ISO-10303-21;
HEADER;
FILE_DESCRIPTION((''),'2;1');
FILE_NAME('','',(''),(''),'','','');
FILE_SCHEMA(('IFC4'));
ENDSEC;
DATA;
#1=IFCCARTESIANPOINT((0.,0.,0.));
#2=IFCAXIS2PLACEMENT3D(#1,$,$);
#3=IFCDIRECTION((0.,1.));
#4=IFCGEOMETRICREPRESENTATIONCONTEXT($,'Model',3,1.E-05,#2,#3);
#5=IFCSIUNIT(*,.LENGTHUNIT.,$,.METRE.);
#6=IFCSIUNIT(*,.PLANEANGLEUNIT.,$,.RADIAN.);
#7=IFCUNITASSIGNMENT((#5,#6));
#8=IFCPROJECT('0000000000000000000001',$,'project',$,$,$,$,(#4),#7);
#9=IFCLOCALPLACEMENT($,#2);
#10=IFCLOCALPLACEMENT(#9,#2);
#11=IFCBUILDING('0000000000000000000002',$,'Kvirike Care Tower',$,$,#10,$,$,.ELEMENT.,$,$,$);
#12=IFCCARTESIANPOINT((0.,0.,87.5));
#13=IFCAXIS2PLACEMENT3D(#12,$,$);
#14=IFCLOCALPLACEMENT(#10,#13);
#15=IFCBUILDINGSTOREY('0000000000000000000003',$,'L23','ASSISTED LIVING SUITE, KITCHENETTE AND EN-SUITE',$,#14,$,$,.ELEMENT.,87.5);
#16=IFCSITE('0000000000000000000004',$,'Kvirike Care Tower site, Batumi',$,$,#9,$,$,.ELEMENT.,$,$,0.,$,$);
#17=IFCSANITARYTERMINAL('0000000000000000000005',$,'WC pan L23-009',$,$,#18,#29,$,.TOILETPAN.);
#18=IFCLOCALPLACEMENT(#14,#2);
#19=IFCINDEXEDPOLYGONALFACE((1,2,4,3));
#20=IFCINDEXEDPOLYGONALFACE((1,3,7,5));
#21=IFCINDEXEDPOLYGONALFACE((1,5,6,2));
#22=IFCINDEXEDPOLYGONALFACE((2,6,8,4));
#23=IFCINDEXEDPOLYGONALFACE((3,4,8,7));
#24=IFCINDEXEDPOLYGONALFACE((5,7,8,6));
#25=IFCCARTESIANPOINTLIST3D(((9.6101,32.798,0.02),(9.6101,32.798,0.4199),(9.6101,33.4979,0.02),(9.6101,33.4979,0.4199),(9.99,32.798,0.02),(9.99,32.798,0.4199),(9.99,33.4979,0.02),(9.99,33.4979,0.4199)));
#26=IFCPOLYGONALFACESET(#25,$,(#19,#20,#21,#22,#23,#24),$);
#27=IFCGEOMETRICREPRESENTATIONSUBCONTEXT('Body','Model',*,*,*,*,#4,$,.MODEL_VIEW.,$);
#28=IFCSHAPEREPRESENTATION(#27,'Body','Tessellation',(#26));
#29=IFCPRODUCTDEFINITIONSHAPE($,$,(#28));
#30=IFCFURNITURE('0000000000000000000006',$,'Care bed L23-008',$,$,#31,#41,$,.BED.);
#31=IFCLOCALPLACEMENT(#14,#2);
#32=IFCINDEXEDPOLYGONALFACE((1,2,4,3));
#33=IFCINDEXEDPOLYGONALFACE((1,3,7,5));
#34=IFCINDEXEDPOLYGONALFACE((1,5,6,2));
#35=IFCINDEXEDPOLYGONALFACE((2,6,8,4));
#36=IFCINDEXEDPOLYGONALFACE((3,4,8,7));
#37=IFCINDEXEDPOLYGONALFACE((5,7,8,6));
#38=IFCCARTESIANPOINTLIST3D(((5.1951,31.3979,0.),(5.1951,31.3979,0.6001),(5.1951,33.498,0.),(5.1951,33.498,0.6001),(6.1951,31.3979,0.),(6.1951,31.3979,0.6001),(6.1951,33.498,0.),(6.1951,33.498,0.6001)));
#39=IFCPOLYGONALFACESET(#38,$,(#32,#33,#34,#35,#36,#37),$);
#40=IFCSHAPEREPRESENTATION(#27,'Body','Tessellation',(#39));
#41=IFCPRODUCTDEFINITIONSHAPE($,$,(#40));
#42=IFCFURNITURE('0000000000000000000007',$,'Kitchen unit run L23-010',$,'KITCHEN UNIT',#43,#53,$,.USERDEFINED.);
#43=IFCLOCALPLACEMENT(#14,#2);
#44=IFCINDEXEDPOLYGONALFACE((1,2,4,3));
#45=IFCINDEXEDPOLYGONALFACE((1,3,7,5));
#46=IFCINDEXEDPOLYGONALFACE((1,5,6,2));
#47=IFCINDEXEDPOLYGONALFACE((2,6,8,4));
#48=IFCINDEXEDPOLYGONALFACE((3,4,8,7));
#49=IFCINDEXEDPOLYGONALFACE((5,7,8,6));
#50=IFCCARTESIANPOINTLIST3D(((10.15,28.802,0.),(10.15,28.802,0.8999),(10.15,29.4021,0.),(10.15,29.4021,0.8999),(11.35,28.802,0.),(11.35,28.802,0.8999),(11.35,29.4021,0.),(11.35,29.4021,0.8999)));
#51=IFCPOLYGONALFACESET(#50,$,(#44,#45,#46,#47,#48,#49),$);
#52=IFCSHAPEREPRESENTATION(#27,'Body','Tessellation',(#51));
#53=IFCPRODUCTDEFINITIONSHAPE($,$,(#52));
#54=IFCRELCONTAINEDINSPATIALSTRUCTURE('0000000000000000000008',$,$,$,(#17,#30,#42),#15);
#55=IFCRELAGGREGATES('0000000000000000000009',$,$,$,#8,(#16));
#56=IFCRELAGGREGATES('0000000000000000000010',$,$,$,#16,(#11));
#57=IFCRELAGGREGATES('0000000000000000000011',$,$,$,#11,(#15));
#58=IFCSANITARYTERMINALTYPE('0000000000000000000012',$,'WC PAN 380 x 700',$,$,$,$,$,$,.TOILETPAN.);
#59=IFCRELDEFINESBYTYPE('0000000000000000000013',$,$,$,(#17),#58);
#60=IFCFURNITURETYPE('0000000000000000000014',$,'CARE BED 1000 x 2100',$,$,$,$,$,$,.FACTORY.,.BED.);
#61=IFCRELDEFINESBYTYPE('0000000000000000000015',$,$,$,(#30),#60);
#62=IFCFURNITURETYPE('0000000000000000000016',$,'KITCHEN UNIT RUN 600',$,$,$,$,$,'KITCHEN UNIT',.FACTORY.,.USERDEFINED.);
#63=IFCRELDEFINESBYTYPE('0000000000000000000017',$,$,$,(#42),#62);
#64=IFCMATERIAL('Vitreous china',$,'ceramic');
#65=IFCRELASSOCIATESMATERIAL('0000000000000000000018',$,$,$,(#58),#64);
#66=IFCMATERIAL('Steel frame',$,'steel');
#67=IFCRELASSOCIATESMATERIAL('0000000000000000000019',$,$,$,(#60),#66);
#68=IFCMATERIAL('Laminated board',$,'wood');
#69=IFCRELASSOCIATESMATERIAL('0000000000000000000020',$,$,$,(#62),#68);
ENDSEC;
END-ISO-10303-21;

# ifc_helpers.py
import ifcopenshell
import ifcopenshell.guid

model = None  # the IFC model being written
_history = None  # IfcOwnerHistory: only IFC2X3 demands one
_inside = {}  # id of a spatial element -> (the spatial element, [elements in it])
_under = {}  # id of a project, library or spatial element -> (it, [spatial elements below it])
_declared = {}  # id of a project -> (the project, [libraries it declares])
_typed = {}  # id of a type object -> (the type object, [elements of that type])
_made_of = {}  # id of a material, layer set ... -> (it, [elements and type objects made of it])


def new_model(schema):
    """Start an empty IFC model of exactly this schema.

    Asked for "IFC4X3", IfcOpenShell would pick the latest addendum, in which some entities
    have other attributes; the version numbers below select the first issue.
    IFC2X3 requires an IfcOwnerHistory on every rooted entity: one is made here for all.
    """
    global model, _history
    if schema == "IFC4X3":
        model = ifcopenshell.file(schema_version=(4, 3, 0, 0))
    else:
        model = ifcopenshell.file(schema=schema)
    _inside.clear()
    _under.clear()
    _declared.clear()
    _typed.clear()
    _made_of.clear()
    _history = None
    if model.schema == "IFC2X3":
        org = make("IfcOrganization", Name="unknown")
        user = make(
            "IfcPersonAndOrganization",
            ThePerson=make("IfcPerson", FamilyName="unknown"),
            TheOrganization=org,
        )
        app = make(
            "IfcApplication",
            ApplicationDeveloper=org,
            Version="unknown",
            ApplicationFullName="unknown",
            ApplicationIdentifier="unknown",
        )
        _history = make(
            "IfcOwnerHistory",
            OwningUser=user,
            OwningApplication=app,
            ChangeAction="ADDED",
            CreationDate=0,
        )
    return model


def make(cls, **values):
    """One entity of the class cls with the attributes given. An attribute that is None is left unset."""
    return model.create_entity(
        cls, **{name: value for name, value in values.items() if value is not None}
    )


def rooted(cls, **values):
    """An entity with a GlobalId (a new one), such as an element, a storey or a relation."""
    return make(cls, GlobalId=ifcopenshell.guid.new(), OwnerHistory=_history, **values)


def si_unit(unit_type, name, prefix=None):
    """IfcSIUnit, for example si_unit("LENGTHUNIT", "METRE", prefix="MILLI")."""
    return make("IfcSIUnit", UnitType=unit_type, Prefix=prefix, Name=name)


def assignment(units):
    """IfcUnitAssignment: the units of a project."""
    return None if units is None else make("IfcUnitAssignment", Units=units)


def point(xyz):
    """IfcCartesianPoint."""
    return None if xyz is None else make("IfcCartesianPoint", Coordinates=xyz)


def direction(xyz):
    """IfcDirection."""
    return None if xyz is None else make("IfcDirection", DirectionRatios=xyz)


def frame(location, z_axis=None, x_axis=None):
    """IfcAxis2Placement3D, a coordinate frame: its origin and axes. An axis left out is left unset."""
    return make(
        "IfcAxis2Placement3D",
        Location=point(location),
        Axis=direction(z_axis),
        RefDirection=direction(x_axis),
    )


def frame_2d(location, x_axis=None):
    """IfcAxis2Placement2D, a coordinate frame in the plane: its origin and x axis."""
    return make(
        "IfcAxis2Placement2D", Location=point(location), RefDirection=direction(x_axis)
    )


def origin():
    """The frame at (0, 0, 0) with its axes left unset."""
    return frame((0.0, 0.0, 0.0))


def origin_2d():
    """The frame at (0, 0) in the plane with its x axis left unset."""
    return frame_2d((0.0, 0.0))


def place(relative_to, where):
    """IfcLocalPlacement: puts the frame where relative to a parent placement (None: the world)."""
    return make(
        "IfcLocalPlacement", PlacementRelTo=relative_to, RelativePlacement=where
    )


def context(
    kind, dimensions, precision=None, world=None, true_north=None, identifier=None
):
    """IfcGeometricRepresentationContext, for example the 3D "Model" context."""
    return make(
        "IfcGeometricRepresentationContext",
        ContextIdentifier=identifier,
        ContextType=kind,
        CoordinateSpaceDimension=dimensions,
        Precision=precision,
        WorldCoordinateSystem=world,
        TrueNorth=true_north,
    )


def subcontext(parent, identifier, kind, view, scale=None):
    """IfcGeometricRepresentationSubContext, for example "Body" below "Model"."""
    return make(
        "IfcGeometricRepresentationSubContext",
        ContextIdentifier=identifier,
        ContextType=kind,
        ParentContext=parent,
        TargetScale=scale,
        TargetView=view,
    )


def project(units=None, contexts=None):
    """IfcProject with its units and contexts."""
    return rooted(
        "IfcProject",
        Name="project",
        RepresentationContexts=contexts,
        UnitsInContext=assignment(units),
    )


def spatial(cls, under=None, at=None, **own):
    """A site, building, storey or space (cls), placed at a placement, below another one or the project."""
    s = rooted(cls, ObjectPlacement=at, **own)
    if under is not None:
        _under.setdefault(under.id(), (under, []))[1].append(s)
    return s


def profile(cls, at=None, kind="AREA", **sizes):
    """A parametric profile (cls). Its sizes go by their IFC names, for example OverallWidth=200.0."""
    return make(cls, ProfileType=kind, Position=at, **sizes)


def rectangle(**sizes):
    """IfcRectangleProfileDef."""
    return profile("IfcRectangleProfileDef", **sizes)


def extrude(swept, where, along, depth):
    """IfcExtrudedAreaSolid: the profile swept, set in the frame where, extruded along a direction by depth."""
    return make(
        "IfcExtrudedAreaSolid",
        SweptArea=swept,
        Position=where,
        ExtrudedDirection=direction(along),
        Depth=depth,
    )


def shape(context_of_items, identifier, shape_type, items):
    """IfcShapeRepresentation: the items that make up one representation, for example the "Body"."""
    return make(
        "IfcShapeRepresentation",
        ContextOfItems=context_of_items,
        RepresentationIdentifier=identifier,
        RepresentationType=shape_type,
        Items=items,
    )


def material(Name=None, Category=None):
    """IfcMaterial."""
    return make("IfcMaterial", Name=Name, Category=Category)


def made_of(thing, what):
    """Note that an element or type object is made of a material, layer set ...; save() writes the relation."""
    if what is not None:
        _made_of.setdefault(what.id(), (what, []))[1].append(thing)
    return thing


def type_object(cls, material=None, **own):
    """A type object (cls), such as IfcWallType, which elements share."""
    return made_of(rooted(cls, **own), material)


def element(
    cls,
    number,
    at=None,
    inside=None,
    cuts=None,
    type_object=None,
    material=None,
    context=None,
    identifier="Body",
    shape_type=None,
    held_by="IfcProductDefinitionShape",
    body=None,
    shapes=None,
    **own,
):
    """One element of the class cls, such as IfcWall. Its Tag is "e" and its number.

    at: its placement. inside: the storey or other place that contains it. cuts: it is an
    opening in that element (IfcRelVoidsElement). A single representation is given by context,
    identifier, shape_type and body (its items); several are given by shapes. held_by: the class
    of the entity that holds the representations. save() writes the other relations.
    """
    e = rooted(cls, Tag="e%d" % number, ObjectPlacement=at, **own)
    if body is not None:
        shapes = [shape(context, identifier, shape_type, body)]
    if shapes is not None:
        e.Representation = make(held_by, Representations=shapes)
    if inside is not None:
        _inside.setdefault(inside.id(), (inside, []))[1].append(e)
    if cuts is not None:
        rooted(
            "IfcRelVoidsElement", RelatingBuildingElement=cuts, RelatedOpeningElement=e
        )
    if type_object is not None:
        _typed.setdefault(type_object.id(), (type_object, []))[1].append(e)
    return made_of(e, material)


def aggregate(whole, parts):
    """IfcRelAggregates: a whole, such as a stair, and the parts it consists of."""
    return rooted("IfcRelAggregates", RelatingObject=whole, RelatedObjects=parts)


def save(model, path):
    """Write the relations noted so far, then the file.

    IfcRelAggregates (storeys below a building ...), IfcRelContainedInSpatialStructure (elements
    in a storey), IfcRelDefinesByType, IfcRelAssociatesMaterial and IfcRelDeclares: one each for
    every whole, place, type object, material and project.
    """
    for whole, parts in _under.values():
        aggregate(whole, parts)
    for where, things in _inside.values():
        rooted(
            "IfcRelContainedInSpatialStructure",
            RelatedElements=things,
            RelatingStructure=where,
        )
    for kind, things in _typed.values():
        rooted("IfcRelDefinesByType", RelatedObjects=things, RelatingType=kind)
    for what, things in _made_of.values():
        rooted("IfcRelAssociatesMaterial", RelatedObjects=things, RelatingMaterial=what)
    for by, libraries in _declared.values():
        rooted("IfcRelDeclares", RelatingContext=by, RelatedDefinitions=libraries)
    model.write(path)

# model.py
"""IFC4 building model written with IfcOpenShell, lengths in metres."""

from ifc_helpers import new_model, si_unit, direction, frame, origin, origin_2d, place, context, subcontext, project, spatial, rectangle, extrude, material, type_object, element, save


model = new_model("IFC4")

# Units and contexts
model_context = context("Model", 3, precision=1e-05, world=origin(), true_north=direction((0.0, 1.0)))
body_context = subcontext(model_context, "Body", "Model", "MODEL_VIEW")
ifc_project = project(units=[si_unit("LENGTHUNIT", "METRE"), si_unit("PLANEANGLEUNIT", "RADIAN")], contexts=[model_context])

# Site, building, storey
site_placement = place(None, origin())
site = spatial("IfcSite", under=ifc_project, at=site_placement, Name="Kvirike Care Tower site, Batumi", CompositionType="ELEMENT", RefElevation=0.0)
building_placement = place(site_placement, origin())
building = spatial("IfcBuilding", under=site, at=building_placement, Name="Kvirike Care Tower", CompositionType="ELEMENT")
storey_placement = place(building_placement, frame((0.0, 0.0, 87.5)))
storey = spatial("IfcBuildingStorey", under=building, at=storey_placement, Name="L23", Description="ASSISTED LIVING SUITE, KITCHENETTE AND EN-SUITE", CompositionType="ELEMENT", Elevation=87.5)

# Sanitary terminal
ifc_material_1 = material(Name="Vitreous china", Category="ceramic")
sanitary_terminal_type_1 = type_object("IfcSanitaryTerminalType", Name="WC PAN 380 x 700", PredefinedType="TOILETPAN", material=ifc_material_1)
sanitary_terminal_1_placement = place(storey_placement, frame((9.8, 33.1479, 0.02), z_axis=(0.0, 0.0, 1.0), x_axis=(1.0, 0.0, 0.0)))
element("IfcSanitaryTerminal", 1, at=sanitary_terminal_1_placement, inside=storey, type_object=sanitary_terminal_type_1, Name="WC pan L23-009", PredefinedType="TOILETPAN", context=body_context, shape_type="SweptSolid", body=[
    extrude(rectangle(XDim=0.3799, YDim=0.7, at=origin_2d()), origin(), (0.0, 0.0, 1.0), 0.3999),
])

# Furniture
ifc_material_2 = material(Name="Steel frame", Category="steel")
furniture_type_1 = type_object("IfcFurnitureType", Name="CARE BED 1000 x 2100", AssemblyPlace="FACTORY", PredefinedType="BED", material=ifc_material_2)
furniture_1_placement = place(storey_placement, frame((5.6951, 32.448, 0.0), z_axis=(0.0, 0.0, 1.0), x_axis=(1.0, 0.0, 0.0)))
element("IfcFurniture", 2, at=furniture_1_placement, inside=storey, type_object=furniture_type_1, Name="Care bed L23-008", PredefinedType="BED", context=body_context, shape_type="SweptSolid", body=[
    extrude(rectangle(XDim=1.0, YDim=2.1001, at=origin_2d()), origin(), (0.0, 0.0, 1.0), 0.6001),
])
ifc_material_3 = material(Name="Laminated board", Category="wood")
furniture_type_2 = type_object("IfcFurnitureType", Name="KITCHEN UNIT RUN 600", ElementType="KITCHEN UNIT", AssemblyPlace="FACTORY", PredefinedType="USERDEFINED", material=ifc_material_3)
furniture_2_placement = place(storey_placement, frame((10.75, 29.1021, 0.0), z_axis=(0.0, 0.0, 1.0), x_axis=(-1.0, 0.0, 0.0)))
element("IfcFurniture", 3, at=furniture_2_placement, inside=storey, type_object=furniture_type_2, Name="Kitchen unit run L23-010", ObjectType="KITCHEN UNIT", PredefinedType="USERDEFINED", context=body_context, shape_type="SweptSolid", body=[
    extrude(rectangle(XDim=1.2, YDim=0.6001, at=origin_2d()), origin(), (0.0, 0.0, 1.0), 0.8999),
])

save(model, "model.ifc")
